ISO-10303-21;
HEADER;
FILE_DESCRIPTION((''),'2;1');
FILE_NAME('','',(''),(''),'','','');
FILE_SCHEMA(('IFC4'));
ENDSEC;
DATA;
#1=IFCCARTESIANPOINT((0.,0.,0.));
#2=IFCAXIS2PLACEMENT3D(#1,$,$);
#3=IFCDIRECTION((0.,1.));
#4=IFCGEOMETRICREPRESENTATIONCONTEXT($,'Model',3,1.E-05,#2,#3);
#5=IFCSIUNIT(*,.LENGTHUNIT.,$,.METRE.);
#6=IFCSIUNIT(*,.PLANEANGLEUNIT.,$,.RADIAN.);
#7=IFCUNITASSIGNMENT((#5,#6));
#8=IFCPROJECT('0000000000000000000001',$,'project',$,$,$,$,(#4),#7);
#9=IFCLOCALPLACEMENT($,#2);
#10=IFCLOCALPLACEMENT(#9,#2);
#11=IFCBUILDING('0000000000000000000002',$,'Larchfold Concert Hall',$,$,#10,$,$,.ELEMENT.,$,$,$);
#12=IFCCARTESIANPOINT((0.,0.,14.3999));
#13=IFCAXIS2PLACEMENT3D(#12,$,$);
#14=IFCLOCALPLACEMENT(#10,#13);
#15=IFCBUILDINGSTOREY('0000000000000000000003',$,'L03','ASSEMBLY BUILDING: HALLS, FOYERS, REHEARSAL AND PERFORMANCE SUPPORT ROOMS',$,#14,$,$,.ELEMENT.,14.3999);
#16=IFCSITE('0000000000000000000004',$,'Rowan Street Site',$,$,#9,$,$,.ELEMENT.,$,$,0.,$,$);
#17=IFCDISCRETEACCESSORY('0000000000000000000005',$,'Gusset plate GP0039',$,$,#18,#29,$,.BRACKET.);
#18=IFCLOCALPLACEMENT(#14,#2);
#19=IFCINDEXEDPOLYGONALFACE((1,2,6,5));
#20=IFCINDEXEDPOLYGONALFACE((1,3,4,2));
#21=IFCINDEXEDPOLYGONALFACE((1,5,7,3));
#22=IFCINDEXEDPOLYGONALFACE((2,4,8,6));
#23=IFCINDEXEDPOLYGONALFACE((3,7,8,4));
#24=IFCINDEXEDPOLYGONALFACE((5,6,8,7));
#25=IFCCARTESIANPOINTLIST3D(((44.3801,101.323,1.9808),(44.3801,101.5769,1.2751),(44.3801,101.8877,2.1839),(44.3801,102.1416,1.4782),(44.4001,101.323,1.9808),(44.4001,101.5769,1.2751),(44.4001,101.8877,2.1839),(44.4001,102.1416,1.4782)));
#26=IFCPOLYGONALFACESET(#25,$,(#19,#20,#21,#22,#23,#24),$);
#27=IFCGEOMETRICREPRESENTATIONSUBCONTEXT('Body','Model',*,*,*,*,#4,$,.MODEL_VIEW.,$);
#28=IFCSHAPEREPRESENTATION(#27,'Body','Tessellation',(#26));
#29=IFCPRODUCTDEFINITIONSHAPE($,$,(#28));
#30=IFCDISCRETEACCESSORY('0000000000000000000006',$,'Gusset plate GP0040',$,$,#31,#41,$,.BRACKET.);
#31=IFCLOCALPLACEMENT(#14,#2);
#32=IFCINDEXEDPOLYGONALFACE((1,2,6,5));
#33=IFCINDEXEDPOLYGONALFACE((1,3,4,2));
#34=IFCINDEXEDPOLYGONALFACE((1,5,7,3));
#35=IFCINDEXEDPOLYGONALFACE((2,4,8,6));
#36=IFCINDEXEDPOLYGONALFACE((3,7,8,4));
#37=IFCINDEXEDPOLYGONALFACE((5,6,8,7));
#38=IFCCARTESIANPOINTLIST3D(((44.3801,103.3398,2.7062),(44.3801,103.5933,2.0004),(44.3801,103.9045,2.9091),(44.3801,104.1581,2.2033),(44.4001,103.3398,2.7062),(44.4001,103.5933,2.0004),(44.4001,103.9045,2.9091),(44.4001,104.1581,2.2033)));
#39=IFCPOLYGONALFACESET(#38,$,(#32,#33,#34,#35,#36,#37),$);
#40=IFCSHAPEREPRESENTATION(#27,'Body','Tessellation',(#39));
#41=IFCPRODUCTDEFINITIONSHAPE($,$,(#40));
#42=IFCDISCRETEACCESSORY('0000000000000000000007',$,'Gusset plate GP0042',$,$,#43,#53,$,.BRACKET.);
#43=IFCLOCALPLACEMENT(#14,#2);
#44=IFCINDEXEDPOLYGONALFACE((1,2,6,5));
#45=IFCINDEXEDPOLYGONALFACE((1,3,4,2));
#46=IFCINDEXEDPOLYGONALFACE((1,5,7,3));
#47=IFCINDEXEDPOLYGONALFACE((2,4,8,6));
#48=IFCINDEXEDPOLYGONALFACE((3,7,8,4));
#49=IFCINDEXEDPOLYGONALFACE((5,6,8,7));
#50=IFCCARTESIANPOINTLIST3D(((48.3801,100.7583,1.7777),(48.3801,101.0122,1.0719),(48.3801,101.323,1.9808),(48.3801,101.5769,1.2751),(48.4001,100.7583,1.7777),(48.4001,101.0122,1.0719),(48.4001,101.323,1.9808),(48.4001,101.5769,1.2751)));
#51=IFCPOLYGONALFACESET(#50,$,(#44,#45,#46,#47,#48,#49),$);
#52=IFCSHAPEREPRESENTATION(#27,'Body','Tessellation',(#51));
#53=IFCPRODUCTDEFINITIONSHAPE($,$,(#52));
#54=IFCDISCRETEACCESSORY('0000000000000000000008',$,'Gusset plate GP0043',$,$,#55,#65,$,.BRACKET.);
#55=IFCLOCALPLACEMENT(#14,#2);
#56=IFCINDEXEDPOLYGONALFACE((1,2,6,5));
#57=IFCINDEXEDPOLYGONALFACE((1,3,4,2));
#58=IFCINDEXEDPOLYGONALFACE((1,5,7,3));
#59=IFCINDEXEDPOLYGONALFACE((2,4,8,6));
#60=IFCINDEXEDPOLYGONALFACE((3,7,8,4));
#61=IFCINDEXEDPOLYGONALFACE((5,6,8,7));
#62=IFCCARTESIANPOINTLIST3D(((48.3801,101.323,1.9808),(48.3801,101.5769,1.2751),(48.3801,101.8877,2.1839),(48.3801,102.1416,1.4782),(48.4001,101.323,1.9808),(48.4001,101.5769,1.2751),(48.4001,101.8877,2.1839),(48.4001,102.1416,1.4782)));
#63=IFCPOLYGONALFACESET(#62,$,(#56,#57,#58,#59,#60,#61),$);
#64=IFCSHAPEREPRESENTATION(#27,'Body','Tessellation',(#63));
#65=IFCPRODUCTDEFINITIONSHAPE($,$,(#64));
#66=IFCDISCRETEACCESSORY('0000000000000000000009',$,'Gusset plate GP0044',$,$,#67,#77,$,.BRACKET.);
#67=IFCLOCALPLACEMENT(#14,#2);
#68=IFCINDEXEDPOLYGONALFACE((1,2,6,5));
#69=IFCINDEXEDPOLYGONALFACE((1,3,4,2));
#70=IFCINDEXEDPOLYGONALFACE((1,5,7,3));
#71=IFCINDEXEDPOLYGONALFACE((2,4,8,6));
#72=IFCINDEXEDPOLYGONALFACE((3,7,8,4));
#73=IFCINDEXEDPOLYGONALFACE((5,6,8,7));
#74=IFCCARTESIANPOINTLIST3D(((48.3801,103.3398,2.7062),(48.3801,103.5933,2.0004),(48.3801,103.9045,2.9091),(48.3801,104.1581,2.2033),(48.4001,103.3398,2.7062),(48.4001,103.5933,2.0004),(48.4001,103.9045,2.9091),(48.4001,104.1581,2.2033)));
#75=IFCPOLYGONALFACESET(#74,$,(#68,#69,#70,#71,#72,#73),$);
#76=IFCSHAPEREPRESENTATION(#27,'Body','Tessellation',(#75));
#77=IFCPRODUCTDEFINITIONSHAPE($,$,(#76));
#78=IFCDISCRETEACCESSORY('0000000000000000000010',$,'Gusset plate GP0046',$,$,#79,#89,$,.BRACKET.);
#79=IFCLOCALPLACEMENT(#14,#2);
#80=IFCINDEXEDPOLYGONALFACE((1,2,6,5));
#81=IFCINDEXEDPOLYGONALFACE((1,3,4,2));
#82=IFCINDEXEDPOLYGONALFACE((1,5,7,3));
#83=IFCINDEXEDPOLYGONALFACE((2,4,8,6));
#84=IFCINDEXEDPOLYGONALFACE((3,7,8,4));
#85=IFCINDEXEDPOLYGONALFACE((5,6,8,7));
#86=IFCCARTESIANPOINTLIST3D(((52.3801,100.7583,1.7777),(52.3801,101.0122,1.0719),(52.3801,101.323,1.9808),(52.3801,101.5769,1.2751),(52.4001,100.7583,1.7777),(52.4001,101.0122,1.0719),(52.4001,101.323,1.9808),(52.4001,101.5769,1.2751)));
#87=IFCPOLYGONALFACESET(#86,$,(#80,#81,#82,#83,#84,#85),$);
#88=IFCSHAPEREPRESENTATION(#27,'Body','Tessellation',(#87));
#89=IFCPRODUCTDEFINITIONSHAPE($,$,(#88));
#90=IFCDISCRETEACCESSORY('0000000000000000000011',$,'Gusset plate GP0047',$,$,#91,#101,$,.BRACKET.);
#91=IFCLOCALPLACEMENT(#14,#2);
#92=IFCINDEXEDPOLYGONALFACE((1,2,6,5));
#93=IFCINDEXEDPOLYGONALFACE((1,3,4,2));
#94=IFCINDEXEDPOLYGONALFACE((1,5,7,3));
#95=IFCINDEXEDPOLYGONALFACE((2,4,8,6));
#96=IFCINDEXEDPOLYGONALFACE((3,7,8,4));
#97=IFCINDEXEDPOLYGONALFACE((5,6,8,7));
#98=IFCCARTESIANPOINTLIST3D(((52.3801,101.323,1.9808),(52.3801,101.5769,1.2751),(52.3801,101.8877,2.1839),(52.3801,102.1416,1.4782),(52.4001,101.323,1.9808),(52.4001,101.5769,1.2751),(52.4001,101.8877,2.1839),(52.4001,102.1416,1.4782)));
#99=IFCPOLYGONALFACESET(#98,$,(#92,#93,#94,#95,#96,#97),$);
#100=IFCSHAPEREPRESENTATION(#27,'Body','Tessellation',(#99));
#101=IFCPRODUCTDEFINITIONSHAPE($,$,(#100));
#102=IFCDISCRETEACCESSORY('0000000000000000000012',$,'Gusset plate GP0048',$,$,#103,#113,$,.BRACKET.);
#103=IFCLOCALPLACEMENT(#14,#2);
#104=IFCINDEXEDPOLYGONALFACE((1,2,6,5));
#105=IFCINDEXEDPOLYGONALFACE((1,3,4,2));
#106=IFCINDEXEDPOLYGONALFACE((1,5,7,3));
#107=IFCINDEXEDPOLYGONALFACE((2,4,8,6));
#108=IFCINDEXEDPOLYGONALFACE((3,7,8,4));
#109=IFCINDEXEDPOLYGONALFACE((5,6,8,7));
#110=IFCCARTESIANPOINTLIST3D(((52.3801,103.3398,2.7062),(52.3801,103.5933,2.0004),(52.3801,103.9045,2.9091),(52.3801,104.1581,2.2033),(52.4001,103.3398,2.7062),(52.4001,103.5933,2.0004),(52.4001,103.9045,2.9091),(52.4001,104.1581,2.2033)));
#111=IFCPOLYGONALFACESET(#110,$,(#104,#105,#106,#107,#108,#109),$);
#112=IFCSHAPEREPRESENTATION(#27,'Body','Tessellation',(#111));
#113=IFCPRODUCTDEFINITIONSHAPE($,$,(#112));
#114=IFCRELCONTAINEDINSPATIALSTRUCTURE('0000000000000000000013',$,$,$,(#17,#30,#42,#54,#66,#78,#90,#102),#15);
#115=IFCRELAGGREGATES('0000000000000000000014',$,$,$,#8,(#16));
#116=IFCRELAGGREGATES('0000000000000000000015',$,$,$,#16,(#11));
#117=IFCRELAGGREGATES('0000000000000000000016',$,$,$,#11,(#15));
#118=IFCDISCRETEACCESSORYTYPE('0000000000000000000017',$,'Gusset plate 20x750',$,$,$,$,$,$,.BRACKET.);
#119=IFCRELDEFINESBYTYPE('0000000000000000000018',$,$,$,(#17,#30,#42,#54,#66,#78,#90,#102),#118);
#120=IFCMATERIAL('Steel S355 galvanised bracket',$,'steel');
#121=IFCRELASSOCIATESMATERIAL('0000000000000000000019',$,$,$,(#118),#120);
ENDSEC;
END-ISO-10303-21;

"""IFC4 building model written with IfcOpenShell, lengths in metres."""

from ifc_helpers import new_model, si_unit, direction, frame, origin, origin_2d, place, context, subcontext, project, spatial, rectangle, extrude, material, material_profile, profile_set, type_object, element, save


model = new_model("IFC4")

# Units and contexts
model_context = context("Model", 3, precision=1e-05, world=origin(), true_north=direction((0.0, 1.0)))
body_context = subcontext(model_context, "Body", "Model", "MODEL_VIEW")
ifc_project = project(units=[si_unit("LENGTHUNIT", "METRE"), si_unit("PLANEANGLEUNIT", "RADIAN")], contexts=[model_context])

# Site, building, storey
site_placement = place(None, origin())
site = spatial("IfcSite", under=ifc_project, at=site_placement, Name="Rowan Street Site", CompositionType="ELEMENT", RefElevation=0.0)
building_placement = place(site_placement, origin())
building = spatial("IfcBuilding", under=site, at=building_placement, Name="Larchfold Concert Hall", CompositionType="ELEMENT")
storey_placement = place(building_placement, frame((0.0, 0.0, 14.3999)))
storey = spatial("IfcBuildingStorey", under=building, at=storey_placement, Name="L03", Description="ASSEMBLY BUILDING: HALLS, FOYERS, REHEARSAL AND PERFORMANCE SUPPORT ROOMS", CompositionType="ELEMENT", Elevation=14.3999)

# Discrete accessories
ifc_material_1 = material(Name="Steel S355 galvanised bracket", Category="steel")
ifc_material_profile_1 = material_profile(ifc_material_1, rectangle(XDim=0.02, YDim=0.75, at=origin_2d()))
ifc_profile_set_1 = profile_set([ifc_material_profile_1], Name="Steel S355 galvanised bracket")
discrete_accessory_type = type_object("IfcDiscreteAccessoryType", Name="Gusset plate 20x750", PredefinedType="BRACKET", material=ifc_profile_set_1)
for number, where, z_axis, x_axis, name in (
    (1, (44.3901, 101.45, 1.6279), (0.0, 0.940976, 0.338475), (-1.0, 0.0, 0.0), "Gusset plate GP0039"),
    (2, (44.3901, 103.4666, 2.3533), (0.0, 0.941105, 0.338114), (-1.0, 0.0, 0.0), "Gusset plate GP0040"),
    (3, (48.3901, 100.8853, 1.4248), (0.0, 0.940976, 0.338475), (-1.0, 0.0, 0.0), "Gusset plate GP0042"),
    (4, (48.3901, 101.45, 1.6279), (0.0, 0.940976, 0.338475), (-1.0, 0.0, 0.0), "Gusset plate GP0043"),
    (5, (48.3901, 103.4666, 2.3533), (0.0, 0.941105, 0.338114), (-1.0, 0.0, 0.0), "Gusset plate GP0044"),
    (6, (52.3901, 100.8853, 1.4248), (0.0, 0.940976, 0.338475), (-1.0, 0.0, 0.0), "Gusset plate GP0046"),
    (7, (52.3901, 101.45, 1.6279), (0.0, 0.940976, 0.338475), (-1.0, 0.0, 0.0), "Gusset plate GP0047"),
    (8, (52.3901, 103.4666, 2.3533), (0.0, 0.941105, 0.338114), (-1.0, 0.0, 0.0), "Gusset plate GP0048"),
):
    element("IfcDiscreteAccessory", number, at=place(storey_placement, frame(where, z_axis=z_axis, x_axis=x_axis)), inside=storey, type_object=discrete_accessory_type, Name=name, PredefinedType="BRACKET", context=body_context, shape_type="SweptSolid", body=[
        extrude(rectangle(XDim=0.02, YDim=0.75, at=origin_2d()), origin(), (0.0, 0.0, 1.0), 0.6001),
    ])

save(model, "model.ifc")
